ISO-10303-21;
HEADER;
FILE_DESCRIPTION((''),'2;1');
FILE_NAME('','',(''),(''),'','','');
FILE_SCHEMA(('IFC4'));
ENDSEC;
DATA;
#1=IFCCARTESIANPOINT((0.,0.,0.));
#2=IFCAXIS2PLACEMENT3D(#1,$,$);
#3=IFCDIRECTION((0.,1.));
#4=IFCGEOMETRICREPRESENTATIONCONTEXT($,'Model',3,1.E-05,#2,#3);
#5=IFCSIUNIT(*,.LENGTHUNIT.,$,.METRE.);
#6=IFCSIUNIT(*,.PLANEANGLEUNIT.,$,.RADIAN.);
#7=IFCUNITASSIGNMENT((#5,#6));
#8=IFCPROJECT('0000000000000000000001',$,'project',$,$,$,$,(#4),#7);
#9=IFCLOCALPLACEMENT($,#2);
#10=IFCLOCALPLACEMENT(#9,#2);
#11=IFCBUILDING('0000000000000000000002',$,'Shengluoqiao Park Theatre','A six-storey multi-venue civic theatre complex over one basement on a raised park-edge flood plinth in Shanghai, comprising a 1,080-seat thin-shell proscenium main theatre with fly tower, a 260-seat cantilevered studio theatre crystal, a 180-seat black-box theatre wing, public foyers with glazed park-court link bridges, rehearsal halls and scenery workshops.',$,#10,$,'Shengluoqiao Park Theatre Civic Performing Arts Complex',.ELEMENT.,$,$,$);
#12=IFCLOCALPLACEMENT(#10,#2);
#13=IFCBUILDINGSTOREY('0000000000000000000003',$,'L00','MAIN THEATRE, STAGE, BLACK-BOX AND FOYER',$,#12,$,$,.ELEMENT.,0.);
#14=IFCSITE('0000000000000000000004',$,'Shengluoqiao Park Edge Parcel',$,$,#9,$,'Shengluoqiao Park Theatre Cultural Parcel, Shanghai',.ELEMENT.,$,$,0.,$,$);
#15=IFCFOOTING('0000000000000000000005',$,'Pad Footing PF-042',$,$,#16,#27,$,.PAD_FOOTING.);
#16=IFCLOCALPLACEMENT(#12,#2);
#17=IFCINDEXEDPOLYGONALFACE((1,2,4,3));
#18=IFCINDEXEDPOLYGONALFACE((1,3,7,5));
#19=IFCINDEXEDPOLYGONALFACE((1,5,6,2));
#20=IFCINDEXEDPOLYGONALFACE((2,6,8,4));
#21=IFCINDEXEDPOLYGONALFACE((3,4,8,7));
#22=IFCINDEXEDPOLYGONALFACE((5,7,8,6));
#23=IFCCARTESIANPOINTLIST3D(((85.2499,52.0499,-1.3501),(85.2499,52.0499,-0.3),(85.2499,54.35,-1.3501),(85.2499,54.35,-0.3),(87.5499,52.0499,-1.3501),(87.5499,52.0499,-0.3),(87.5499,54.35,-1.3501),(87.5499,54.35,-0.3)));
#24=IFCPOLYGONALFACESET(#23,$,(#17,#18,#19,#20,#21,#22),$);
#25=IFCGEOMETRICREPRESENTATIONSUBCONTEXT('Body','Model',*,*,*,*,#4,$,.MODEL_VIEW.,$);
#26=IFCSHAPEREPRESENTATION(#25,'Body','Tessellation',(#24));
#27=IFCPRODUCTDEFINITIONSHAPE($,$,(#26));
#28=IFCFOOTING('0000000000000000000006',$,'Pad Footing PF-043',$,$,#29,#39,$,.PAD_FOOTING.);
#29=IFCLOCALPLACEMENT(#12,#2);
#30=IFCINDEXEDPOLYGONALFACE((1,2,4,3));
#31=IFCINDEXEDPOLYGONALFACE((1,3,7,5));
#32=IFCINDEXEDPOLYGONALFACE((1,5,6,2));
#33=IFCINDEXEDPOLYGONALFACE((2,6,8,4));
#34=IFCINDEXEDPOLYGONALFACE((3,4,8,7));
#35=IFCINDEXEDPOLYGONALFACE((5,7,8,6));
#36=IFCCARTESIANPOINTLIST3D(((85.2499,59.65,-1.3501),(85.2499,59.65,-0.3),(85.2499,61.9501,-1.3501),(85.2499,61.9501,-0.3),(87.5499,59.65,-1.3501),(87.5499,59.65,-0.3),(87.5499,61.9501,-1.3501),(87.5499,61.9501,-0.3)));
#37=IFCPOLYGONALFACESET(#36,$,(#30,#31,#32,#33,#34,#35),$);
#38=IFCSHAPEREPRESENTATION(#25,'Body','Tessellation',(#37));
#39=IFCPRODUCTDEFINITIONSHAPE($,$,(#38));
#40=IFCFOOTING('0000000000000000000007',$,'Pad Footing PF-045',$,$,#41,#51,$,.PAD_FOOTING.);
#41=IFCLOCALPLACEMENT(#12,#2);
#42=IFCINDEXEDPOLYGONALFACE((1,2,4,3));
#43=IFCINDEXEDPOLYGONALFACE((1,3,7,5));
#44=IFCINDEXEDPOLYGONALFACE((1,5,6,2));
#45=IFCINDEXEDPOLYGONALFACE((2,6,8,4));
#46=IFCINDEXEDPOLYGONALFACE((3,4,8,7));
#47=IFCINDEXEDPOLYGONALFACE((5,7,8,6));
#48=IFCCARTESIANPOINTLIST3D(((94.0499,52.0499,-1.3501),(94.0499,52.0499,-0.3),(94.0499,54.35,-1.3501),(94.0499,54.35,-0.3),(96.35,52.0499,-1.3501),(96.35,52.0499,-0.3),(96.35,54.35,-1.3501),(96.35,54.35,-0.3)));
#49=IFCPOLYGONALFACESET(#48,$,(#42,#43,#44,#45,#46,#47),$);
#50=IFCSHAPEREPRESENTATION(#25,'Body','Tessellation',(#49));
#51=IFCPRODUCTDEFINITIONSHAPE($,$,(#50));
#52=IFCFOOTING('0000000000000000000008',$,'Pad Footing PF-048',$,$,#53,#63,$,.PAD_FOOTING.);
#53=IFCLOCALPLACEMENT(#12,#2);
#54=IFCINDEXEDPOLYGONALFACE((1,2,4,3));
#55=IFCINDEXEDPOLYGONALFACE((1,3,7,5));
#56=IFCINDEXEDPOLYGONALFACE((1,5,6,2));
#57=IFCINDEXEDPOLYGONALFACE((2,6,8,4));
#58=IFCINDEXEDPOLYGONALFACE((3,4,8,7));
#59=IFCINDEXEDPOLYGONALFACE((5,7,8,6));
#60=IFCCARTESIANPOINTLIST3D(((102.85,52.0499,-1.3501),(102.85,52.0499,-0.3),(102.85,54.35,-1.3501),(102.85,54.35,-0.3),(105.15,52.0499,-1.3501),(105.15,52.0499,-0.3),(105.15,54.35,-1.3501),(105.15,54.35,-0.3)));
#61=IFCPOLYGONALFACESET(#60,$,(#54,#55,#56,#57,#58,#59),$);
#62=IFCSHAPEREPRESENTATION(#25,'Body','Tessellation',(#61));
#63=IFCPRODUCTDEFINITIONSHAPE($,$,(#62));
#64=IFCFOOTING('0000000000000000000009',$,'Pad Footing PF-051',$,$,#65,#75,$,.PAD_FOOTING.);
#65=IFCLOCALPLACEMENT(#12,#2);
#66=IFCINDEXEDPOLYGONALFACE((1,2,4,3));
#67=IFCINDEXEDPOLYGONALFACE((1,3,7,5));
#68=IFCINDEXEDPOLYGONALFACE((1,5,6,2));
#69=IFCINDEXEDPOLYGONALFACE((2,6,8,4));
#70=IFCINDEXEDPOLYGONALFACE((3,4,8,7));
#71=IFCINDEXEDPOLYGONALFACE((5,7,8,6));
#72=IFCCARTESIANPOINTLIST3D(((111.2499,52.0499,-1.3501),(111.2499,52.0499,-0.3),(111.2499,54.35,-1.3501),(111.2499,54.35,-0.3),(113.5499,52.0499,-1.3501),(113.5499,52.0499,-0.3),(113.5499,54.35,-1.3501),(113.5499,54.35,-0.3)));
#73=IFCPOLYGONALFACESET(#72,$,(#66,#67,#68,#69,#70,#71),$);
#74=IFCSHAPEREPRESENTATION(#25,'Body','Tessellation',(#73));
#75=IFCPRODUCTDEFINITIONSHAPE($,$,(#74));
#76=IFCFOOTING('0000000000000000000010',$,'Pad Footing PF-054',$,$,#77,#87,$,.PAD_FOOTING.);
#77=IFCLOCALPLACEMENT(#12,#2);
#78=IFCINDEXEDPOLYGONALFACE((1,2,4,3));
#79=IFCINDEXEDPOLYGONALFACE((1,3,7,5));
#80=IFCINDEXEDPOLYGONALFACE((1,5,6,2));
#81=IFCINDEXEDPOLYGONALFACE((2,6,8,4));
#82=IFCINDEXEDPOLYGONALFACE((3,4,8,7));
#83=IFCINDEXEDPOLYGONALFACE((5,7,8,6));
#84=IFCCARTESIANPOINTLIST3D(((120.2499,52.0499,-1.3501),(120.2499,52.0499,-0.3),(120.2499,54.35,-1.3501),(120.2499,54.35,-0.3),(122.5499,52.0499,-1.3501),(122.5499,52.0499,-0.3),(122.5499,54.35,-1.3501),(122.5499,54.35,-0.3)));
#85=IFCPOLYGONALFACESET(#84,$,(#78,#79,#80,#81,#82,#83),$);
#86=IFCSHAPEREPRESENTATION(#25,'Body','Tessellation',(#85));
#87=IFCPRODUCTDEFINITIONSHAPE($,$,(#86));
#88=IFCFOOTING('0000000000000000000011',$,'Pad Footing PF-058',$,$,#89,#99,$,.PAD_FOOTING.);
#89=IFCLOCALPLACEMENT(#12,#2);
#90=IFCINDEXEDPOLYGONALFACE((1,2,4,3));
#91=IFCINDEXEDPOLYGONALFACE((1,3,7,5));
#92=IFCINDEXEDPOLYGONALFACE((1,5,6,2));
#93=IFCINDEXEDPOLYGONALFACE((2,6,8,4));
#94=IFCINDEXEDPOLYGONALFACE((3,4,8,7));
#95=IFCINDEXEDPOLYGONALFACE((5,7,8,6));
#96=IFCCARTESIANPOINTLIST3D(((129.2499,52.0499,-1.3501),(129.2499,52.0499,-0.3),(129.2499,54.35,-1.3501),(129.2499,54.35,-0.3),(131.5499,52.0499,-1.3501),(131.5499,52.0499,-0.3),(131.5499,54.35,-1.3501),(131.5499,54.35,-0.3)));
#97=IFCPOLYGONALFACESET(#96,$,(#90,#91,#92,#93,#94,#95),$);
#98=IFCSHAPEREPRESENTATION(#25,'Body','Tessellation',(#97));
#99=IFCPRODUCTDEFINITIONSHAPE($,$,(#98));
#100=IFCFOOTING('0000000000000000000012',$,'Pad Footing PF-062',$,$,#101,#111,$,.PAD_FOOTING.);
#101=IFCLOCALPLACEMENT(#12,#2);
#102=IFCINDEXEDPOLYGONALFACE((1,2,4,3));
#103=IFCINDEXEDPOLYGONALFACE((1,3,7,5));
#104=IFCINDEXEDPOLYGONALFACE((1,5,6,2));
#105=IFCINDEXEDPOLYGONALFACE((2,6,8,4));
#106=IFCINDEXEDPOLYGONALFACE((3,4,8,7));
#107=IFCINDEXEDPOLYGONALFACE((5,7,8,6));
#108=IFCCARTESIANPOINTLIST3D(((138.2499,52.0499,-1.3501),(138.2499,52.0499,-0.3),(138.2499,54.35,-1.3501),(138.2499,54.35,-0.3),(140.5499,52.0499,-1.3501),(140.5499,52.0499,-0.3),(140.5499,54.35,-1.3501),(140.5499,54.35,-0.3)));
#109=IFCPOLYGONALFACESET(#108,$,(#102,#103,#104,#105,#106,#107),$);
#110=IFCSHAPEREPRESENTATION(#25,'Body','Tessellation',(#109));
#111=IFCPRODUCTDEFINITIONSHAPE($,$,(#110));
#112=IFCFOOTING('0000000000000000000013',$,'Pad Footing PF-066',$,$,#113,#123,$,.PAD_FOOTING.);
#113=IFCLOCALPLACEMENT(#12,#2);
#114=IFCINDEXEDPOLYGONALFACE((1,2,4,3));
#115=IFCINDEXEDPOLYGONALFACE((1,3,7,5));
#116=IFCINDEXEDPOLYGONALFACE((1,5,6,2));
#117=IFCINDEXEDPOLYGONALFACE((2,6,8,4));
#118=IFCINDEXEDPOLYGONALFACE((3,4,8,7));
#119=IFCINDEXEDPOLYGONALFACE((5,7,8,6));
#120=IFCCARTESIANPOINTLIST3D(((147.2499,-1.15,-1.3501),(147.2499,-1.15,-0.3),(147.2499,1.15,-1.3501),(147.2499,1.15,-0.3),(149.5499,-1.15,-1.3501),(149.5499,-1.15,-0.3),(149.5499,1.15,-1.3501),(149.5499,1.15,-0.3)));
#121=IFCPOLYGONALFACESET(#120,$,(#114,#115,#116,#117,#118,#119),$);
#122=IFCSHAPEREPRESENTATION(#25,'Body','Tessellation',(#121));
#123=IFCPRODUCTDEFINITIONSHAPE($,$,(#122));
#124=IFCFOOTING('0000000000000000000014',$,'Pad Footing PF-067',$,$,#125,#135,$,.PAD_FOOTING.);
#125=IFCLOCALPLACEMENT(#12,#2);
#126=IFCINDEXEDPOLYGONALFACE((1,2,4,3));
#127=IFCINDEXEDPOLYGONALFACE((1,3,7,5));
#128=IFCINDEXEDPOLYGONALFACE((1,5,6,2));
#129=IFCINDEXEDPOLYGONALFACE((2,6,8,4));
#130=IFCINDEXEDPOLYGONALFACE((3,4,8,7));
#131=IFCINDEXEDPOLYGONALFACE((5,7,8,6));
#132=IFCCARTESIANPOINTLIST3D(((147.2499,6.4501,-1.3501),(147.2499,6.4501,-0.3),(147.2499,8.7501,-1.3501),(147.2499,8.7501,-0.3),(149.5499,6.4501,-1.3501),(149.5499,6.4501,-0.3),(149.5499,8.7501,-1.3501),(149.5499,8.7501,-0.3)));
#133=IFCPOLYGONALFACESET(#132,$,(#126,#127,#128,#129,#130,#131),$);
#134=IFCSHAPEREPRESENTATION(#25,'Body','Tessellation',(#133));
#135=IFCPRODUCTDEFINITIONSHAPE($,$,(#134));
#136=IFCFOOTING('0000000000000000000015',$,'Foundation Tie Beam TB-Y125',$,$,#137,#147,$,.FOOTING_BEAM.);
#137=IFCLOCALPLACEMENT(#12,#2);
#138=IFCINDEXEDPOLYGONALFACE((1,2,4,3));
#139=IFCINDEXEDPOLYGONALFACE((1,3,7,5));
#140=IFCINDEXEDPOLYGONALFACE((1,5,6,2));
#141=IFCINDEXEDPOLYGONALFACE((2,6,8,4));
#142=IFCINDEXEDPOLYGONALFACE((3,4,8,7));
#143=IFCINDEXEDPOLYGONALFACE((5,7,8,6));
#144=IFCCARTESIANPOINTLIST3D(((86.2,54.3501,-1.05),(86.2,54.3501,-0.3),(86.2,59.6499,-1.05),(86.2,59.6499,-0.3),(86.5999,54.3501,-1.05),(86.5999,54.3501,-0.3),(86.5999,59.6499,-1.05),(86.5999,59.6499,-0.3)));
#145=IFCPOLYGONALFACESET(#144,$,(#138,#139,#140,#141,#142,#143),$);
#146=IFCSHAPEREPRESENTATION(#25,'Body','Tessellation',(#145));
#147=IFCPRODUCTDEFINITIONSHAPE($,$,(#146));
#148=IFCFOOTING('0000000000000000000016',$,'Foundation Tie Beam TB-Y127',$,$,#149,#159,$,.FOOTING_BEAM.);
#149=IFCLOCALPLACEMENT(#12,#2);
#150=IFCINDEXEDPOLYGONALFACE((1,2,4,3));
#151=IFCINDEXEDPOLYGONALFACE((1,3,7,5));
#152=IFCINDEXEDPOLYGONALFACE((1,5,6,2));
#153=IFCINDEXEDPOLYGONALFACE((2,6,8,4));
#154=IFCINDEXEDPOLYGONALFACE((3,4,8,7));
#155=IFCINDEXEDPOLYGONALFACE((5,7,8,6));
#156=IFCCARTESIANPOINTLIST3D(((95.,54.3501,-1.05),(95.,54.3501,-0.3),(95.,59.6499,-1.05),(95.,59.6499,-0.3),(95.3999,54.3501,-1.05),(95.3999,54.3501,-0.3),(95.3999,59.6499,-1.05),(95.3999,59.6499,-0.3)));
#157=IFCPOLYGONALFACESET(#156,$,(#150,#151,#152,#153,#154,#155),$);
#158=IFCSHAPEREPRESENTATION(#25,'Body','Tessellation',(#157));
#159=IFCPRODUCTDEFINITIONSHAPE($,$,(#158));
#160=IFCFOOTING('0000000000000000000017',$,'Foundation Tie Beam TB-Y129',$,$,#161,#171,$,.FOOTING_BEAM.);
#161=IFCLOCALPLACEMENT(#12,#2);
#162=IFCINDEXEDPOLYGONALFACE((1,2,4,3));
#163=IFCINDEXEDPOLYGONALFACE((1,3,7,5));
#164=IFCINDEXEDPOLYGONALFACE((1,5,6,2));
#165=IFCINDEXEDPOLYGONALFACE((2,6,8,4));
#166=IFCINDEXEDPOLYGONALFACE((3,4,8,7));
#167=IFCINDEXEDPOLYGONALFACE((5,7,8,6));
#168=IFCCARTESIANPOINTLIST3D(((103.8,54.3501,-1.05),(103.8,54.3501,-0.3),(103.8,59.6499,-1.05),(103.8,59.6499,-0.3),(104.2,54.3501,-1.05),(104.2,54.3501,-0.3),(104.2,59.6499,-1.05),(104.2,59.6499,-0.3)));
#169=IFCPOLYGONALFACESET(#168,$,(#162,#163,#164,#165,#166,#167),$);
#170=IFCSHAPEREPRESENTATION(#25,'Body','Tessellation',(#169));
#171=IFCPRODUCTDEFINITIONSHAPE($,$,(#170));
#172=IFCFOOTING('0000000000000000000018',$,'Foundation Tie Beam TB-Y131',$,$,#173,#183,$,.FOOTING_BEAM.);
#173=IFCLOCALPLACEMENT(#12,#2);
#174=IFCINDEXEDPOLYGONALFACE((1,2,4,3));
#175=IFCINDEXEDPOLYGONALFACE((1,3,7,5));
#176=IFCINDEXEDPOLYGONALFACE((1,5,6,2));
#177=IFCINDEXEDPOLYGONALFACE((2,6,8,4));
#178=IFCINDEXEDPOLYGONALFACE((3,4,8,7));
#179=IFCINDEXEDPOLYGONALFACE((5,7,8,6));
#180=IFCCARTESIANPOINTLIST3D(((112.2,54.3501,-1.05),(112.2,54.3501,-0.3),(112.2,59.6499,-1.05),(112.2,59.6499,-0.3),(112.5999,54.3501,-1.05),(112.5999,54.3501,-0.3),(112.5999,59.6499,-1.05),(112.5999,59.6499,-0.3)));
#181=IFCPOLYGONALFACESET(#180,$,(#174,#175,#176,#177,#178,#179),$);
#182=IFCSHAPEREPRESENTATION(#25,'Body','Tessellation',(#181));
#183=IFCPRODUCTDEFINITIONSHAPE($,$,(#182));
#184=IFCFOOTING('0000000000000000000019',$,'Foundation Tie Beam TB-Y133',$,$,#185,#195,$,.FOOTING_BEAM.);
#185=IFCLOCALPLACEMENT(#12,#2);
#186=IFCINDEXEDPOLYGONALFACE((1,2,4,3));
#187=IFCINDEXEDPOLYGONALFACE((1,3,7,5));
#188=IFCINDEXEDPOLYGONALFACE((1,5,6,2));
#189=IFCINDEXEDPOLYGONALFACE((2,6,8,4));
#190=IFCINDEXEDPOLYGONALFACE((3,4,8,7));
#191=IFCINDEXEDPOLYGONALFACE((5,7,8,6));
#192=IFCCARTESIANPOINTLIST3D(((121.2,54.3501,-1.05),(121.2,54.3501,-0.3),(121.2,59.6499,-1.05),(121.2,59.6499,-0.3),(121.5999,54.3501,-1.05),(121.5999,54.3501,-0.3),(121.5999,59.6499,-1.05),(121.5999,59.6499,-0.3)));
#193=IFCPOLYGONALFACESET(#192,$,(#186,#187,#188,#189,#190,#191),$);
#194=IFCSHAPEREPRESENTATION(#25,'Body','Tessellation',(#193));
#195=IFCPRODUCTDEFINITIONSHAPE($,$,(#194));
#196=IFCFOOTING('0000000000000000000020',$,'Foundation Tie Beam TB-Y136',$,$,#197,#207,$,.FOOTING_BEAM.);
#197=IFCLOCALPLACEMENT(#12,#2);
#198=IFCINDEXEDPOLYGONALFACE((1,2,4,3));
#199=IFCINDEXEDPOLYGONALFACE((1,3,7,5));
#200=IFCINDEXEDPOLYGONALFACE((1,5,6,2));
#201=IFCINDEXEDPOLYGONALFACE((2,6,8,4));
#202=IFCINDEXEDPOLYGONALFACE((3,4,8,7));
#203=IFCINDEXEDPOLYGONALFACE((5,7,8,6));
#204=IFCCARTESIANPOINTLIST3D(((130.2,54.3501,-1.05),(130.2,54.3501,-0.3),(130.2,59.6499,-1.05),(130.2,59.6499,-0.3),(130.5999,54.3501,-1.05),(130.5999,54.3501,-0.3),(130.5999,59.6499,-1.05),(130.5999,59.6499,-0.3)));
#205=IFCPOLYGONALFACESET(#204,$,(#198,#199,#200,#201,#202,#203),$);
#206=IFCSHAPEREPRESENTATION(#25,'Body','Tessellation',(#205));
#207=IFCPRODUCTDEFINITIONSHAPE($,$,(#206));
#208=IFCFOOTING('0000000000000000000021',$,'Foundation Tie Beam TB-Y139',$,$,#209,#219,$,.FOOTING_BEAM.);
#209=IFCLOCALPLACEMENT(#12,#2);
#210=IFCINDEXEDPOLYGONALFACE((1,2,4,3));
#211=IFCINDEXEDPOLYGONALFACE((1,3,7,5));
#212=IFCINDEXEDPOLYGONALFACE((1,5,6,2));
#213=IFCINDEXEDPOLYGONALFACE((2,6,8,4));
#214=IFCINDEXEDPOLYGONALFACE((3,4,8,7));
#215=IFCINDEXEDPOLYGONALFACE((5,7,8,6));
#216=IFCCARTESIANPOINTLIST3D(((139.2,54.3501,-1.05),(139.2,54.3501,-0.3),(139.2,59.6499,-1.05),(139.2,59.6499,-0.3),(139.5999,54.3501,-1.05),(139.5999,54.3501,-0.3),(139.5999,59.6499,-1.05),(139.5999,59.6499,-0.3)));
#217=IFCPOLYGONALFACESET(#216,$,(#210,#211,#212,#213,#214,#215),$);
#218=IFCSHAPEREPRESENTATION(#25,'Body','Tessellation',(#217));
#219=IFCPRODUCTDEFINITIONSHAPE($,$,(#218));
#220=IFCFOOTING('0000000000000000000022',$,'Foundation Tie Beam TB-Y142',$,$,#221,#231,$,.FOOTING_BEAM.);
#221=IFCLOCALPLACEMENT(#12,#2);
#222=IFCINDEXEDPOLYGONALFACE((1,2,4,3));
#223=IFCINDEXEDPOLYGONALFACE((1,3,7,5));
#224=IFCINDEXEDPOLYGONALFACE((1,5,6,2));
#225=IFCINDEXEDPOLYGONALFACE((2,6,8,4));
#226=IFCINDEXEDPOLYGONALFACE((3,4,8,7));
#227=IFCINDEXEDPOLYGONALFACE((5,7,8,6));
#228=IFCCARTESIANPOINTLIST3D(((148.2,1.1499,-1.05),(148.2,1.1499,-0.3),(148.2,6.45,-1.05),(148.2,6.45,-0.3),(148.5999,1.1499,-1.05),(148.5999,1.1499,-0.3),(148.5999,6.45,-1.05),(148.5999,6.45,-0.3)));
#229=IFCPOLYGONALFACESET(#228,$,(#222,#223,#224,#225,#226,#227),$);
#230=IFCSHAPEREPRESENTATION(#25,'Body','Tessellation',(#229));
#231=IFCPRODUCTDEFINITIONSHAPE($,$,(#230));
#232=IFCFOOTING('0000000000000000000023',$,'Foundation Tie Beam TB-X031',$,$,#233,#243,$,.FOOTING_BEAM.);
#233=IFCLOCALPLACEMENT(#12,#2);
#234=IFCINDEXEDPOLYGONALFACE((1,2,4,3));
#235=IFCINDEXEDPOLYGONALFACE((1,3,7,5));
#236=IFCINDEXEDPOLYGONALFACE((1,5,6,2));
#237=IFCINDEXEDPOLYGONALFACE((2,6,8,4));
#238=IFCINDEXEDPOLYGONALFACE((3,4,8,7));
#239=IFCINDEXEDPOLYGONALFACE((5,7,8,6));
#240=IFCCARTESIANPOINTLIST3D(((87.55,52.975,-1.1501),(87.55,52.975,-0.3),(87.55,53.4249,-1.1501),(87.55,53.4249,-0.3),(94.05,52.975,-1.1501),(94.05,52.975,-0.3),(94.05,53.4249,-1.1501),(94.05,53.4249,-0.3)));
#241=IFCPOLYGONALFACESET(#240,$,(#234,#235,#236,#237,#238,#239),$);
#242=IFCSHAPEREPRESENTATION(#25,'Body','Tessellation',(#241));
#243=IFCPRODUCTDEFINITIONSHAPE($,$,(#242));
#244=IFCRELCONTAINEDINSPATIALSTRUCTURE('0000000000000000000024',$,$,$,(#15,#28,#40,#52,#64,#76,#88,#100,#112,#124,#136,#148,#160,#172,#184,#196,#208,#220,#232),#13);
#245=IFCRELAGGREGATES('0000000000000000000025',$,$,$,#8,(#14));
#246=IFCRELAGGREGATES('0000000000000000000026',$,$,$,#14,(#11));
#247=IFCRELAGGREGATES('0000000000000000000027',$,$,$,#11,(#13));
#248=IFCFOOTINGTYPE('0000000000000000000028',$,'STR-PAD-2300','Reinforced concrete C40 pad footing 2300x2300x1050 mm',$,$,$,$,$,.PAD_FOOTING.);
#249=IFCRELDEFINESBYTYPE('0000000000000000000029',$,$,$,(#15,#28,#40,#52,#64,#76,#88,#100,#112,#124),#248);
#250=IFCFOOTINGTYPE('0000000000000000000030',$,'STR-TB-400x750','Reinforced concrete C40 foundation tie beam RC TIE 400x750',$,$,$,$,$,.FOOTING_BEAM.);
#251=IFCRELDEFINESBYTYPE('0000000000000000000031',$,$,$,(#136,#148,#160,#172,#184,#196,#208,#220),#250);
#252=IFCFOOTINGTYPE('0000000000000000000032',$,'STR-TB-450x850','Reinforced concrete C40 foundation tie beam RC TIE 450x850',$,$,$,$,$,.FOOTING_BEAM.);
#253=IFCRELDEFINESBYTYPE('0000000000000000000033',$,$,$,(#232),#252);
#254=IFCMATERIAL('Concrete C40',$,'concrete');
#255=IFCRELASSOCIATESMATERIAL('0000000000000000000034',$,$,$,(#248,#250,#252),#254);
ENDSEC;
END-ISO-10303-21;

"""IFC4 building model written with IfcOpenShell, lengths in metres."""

from ifc_helpers import new_model, si_unit, direction, frame, origin, origin_2d, place, context, subcontext, project, spatial, rectangle, extrude, material, material_profile, profile_set, type_object, element, save


model = new_model("IFC4")

# Units and contexts
model_context = context("Model", 3, precision=1e-05, world=origin(), true_north=direction((0.0, 1.0)))
body_context = subcontext(model_context, "Body", "Model", "MODEL_VIEW")
ifc_project = project(units=[si_unit("LENGTHUNIT", "METRE"), si_unit("PLANEANGLEUNIT", "RADIAN")], contexts=[model_context])

# Site, building, storey
site_placement = place(None, origin())
site = spatial("IfcSite", under=ifc_project, at=site_placement, Name="Shengluoqiao Park Edge Parcel", LongName="Shengluoqiao Park Theatre Cultural Parcel, Shanghai", CompositionType="ELEMENT", RefElevation=0.0)
building_placement = place(site_placement, origin())
building = spatial("IfcBuilding", under=site, at=building_placement, Name="Shengluoqiao Park Theatre", Description="A six-storey multi-venue civic theatre complex over one basement on a raised park-edge flood plinth in Shanghai, comprising a 1,080-seat thin-shell proscenium main theatre with fly tower, a 260-seat cantilevered studio theatre crystal, a 180-seat black-box theatre wing, public foyers with glazed park-court link bridges, rehearsal halls and scenery workshops.", LongName="Shengluoqiao Park Theatre Civic Performing Arts Complex", CompositionType="ELEMENT")
storey_placement = place(building_placement, origin())
storey = spatial("IfcBuildingStorey", under=building, at=storey_placement, Name="L00", Description="MAIN THEATRE, STAGE, BLACK-BOX AND FOYER", CompositionType="ELEMENT", Elevation=0.0)

# Footings
ifc_material_1 = material(Name="Concrete C40", Category="concrete")
footing_type_1 = type_object("IfcFootingType", Name="STR-PAD-2300", Description="Reinforced concrete C40 pad footing 2300x2300x1050 mm", PredefinedType="PAD_FOOTING", material=ifc_material_1)
for number, where, z_axis, x_axis, name in (
    (1, (86.3999, 53.2, -1.3501), (0.0, 0.0, 1.0), (1.0, 0.0, 0.0), "Pad Footing PF-042"),
    (2, (86.3999, 60.8, -1.3501), (0.0, 0.0, 1.0), (1.0, 0.0, 0.0), "Pad Footing PF-043"),
    (3, (95.2, 53.2, -1.3501), (0.0, 0.0, 1.0), (1.0, 0.0, 0.0), "Pad Footing PF-045"),
    (4, (104.0, 53.2, -1.3501), (0.0, 0.0, 1.0), (1.0, 0.0, 0.0), "Pad Footing PF-048"),
    (5, (112.3999, 53.2, -1.3501), (0.0, 0.0, 1.0), (1.0, 0.0, 0.0), "Pad Footing PF-051"),
    (6, (121.3999, 53.2, -1.3501), (0.0, 0.0, 1.0), (1.0, 0.0, 0.0), "Pad Footing PF-054"),
    (7, (130.3999, 53.2, -1.3501), (0.0, 0.0, 1.0), (1.0, 0.0, 0.0), "Pad Footing PF-058"),
    (8, (139.3999, 53.2, -1.3501), (0.0, 0.0, 1.0), (1.0, 0.0, 0.0), "Pad Footing PF-062"),
    (9, (148.3999, 0.0, -1.3501), (0.0, 0.0, 1.0), (1.0, 0.0, 0.0), "Pad Footing PF-066"),
    (10, (148.3999, 7.6001, -1.3501), (0.0, 0.0, 1.0), (1.0, 0.0, 0.0), "Pad Footing PF-067"),
):
    element("IfcFooting", number, at=place(storey_placement, frame(where, z_axis=z_axis, x_axis=x_axis)), inside=storey, type_object=footing_type_1, Name=name, PredefinedType="PAD_FOOTING", context=body_context, shape_type="SweptSolid", body=[
        extrude(rectangle(XDim=2.3, YDim=2.3, at=origin_2d()), origin(), (0.0, 0.0, 1.0), 1.05),
    ])
ifc_material_profile_1 = material_profile(ifc_material_1, rectangle(XDim=0.3999, YDim=0.75, at=origin_2d()), Name="RC TIE 400x750")
ifc_profile_set_1 = profile_set([ifc_material_profile_1], Name="Concrete C40")
footing_type_2 = type_object("IfcFootingType", Name="STR-TB-400x750", Description="Reinforced concrete C40 foundation tie beam RC TIE 400x750", PredefinedType="FOOTING_BEAM", material=ifc_profile_set_1)
for number, where, z_axis, x_axis, name in (
    (11, (86.3999, 54.3501, -0.675), (0.0, 1.0, 0.0), (-1.0, 0.0, 0.0), "Foundation Tie Beam TB-Y125"),
    (12, (95.2, 54.3501, -0.675), (0.0, 1.0, 0.0), (-1.0, 0.0, 0.0), "Foundation Tie Beam TB-Y127"),
    (13, (104.0, 54.3501, -0.675), (0.0, 1.0, 0.0), (-1.0, 0.0, 0.0), "Foundation Tie Beam TB-Y129"),
    (14, (112.3999, 54.3501, -0.675), (0.0, 1.0, 0.0), (-1.0, 0.0, 0.0), "Foundation Tie Beam TB-Y131"),
    (15, (121.3999, 54.3501, -0.675), (0.0, 1.0, 0.0), (-1.0, 0.0, 0.0), "Foundation Tie Beam TB-Y133"),
    (16, (130.3999, 54.3501, -0.675), (0.0, 1.0, 0.0), (-1.0, 0.0, 0.0), "Foundation Tie Beam TB-Y136"),
    (17, (139.3999, 54.3501, -0.675), (0.0, 1.0, 0.0), (-1.0, 0.0, 0.0), "Foundation Tie Beam TB-Y139"),
):
    element("IfcFooting", number, at=place(storey_placement, frame(where, z_axis=z_axis, x_axis=x_axis)), inside=storey, type_object=footing_type_2, Name=name, PredefinedType="FOOTING_BEAM", context=body_context, shape_type="SweptSolid", body=[
        extrude(rectangle(XDim=0.3999, YDim=0.75, at=origin_2d()), origin(), (0.0, 0.0, 1.0), 5.2998),
    ])
footing_1_placement = place(storey_placement, frame((148.3999, 1.1499, -0.675), z_axis=(0.0, 1.0, 0.0), x_axis=(-1.0, 0.0, 0.0)))
element("IfcFooting", 18, at=footing_1_placement, inside=storey, type_object=footing_type_2, Name="Foundation Tie Beam TB-Y142", PredefinedType="FOOTING_BEAM", context=body_context, shape_type="SweptSolid", body=[
    extrude(rectangle(XDim=0.3999, YDim=0.75, at=origin_2d()), origin(), (0.0, 0.0, 1.0), 5.3),
])
ifc_material_profile_2 = material_profile(ifc_material_1, rectangle(XDim=0.45, YDim=0.8501, at=origin_2d()), Name="RC TIE 450x850")
ifc_profile_set_2 = profile_set([ifc_material_profile_2], Name="Concrete C40")
footing_type_3 = type_object("IfcFootingType", Name="STR-TB-450x850", Description="Reinforced concrete C40 foundation tie beam RC TIE 450x850", PredefinedType="FOOTING_BEAM", material=ifc_profile_set_2)
for number, where, z_axis, x_axis, name in (
    (19, (87.55, 53.2, -0.7251), (1.0, 0.0, 0.0), (0.0, 1.0, 0.0), "Foundation Tie Beam TB-X031"),
):
    element("IfcFooting", number, at=place(storey_placement, frame(where, z_axis=z_axis, x_axis=x_axis)), inside=storey, type_object=footing_type_3, Name=name, PredefinedType="FOOTING_BEAM", context=body_context, shape_type="SweptSolid", body=[
        extrude(rectangle(XDim=0.45, YDim=0.8501, at=origin_2d()), origin(), (0.0, 0.0, 1.0), 6.5),
    ])

save(model, "model.ifc")
